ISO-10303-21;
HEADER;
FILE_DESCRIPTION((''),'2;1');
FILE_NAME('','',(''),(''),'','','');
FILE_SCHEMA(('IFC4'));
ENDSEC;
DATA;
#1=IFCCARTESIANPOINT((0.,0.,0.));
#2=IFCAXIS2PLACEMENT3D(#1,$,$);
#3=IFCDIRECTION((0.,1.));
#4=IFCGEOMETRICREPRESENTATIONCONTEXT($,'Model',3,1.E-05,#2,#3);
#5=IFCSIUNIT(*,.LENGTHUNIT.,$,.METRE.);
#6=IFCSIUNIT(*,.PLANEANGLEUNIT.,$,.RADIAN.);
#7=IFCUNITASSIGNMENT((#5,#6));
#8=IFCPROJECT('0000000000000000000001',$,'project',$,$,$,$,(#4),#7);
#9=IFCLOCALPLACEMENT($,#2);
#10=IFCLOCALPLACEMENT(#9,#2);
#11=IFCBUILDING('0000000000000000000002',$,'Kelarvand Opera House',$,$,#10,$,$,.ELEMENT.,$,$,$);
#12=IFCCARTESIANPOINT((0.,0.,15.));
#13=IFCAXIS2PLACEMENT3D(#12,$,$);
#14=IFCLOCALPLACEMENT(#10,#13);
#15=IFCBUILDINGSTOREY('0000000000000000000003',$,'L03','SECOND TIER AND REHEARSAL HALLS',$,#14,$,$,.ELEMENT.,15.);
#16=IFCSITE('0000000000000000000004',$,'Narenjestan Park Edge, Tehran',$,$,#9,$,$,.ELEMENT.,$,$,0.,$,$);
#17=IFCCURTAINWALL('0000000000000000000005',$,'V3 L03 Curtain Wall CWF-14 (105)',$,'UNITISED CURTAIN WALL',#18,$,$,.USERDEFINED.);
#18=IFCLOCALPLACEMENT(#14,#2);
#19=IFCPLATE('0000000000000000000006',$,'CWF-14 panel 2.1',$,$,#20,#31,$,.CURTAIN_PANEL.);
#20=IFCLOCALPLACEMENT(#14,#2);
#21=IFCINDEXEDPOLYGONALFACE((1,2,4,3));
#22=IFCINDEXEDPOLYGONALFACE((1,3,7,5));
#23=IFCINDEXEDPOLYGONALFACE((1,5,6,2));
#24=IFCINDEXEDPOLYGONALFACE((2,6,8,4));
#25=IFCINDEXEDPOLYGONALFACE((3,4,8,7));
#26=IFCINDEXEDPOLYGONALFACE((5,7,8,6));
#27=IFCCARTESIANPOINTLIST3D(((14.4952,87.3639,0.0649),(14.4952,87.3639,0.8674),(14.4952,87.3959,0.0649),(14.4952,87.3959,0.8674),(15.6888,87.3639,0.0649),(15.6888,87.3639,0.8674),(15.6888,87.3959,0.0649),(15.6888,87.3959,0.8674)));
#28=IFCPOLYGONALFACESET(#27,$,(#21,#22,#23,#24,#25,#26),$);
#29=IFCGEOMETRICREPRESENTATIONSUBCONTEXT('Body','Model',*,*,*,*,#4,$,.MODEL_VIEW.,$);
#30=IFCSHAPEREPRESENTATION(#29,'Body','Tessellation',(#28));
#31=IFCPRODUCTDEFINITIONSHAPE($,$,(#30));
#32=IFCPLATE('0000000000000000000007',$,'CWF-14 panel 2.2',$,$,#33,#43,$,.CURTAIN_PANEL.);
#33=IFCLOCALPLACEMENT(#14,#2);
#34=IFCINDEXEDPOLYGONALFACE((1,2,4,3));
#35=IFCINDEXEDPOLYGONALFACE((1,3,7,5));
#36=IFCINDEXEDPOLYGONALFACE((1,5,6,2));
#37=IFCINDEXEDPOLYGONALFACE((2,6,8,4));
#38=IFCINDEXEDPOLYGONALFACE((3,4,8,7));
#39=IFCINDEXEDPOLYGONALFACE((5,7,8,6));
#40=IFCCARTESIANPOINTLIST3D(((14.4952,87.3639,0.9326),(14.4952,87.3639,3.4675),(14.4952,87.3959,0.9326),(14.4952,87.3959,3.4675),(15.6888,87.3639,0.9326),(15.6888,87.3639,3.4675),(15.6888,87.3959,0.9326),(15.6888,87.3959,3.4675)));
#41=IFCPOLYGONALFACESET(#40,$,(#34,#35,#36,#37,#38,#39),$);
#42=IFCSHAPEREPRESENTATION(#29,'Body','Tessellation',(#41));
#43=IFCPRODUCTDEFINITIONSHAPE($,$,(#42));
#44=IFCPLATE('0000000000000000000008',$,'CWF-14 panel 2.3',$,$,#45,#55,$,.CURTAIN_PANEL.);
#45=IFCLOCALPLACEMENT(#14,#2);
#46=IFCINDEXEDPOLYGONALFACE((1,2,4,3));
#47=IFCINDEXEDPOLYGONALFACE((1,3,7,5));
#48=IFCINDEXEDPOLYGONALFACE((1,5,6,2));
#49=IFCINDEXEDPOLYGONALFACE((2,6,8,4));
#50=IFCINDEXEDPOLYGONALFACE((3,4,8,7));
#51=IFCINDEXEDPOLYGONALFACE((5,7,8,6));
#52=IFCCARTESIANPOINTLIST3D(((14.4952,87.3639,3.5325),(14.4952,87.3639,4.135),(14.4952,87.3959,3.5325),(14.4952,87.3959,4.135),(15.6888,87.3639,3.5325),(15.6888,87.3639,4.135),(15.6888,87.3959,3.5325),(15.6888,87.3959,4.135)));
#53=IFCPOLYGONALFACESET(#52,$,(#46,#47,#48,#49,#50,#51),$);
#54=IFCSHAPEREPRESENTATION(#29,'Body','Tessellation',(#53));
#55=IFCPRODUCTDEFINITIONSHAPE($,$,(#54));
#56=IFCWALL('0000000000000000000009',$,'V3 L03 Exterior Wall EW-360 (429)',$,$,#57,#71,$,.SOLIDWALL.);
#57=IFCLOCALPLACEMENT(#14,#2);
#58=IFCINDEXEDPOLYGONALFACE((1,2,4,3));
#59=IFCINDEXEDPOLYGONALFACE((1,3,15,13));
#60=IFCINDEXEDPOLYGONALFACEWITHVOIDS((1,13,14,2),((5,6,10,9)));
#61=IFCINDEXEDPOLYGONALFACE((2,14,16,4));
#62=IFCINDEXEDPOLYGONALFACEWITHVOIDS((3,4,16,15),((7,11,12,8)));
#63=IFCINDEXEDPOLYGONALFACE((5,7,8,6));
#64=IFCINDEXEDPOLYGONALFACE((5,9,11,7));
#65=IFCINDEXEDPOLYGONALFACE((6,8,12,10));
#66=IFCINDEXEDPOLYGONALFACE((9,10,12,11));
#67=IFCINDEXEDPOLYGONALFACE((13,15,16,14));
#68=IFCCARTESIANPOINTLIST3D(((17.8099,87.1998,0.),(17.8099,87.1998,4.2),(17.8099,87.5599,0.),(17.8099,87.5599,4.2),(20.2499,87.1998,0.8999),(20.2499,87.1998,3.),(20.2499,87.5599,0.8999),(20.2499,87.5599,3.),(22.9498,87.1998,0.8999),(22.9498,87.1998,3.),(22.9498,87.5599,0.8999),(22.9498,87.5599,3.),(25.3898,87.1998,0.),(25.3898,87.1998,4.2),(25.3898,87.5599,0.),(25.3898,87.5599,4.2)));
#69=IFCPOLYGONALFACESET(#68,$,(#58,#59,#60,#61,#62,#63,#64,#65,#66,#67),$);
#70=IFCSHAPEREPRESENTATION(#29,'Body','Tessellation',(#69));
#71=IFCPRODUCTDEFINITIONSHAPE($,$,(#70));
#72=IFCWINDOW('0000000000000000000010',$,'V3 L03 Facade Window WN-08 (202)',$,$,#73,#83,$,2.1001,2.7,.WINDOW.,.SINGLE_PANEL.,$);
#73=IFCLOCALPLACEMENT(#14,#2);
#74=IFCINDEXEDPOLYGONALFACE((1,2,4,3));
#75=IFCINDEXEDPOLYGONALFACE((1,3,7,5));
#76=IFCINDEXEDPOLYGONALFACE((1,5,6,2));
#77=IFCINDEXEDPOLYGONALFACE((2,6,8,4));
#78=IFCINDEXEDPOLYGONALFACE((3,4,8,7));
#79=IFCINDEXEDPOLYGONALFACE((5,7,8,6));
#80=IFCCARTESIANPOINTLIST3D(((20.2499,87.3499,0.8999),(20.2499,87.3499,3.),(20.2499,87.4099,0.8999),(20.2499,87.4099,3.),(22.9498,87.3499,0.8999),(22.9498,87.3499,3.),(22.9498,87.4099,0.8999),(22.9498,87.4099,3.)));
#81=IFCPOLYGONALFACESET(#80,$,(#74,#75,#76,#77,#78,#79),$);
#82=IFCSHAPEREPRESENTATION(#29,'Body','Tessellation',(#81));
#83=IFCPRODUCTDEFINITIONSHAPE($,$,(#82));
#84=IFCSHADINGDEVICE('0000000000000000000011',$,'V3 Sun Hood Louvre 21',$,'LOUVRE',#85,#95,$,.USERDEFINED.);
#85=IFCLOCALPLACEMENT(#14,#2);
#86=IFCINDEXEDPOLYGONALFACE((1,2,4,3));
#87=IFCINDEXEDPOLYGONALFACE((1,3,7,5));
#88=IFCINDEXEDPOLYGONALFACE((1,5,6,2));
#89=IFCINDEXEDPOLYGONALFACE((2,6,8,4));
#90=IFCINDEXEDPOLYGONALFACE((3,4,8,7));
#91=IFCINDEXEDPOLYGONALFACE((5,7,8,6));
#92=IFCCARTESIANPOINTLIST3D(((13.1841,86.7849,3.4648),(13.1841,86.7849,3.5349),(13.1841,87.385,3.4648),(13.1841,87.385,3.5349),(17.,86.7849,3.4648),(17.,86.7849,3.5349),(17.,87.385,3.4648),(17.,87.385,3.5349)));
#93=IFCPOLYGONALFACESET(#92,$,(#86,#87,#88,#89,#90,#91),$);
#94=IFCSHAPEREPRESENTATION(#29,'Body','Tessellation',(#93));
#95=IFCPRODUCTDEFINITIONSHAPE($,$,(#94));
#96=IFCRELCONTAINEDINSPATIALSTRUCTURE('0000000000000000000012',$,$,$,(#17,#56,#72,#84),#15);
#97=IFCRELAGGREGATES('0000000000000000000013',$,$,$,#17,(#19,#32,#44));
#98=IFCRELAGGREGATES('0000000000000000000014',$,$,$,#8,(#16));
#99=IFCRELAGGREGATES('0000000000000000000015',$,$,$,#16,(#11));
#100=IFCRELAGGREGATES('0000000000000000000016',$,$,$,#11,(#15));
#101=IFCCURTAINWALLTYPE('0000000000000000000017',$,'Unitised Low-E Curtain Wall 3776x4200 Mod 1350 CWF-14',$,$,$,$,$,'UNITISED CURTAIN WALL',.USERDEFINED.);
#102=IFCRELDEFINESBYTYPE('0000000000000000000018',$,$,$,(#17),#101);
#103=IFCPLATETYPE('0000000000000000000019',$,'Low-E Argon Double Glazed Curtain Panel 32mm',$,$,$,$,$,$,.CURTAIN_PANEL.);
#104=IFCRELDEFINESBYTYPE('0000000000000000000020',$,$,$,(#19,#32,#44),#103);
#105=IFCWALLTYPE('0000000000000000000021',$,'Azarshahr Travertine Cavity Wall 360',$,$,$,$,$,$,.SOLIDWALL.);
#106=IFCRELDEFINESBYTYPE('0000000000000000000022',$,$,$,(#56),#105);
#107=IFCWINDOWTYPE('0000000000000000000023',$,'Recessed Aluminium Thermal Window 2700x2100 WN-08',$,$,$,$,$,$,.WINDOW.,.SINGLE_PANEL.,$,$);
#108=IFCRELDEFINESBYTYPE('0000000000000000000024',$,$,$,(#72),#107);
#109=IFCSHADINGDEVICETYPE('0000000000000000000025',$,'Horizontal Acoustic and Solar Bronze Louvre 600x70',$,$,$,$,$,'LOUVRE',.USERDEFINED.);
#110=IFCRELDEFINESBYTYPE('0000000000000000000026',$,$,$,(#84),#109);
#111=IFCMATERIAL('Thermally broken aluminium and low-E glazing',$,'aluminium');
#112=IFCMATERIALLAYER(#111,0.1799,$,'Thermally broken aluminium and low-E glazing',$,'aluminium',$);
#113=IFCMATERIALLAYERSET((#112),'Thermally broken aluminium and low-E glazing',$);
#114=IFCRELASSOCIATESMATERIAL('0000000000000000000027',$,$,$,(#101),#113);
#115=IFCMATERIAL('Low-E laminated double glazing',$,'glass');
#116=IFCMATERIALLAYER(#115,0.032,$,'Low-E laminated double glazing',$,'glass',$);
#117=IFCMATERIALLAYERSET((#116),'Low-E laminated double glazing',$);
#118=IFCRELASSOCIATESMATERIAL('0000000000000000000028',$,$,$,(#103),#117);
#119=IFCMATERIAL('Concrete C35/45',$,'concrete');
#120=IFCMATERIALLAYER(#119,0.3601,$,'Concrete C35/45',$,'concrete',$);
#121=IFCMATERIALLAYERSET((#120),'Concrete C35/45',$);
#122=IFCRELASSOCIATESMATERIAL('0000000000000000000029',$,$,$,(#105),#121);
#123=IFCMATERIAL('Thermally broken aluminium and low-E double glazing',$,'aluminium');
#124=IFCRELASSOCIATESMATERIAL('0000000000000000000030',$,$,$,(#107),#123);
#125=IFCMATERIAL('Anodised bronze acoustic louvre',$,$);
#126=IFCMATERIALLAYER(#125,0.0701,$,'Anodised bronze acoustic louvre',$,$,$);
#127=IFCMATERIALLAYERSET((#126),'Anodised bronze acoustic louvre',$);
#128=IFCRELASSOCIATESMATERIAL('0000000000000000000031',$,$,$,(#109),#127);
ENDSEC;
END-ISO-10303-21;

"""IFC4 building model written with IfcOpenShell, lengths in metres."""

from ifc_helpers import new_model, si_unit, direction, frame, frame_2d, origin, origin_2d, place, context, subcontext, project, spatial, rectangle, extrude, material, layer, layer_set, type_object, element, fill, aggregate, save


model = new_model("IFC4")

# Units and contexts
model_context = context("Model", 3, precision=1e-05, world=origin(), true_north=direction((0.0, 1.0)))
body_context = subcontext(model_context, "Body", "Model", "MODEL_VIEW")
ifc_project = project(units=[si_unit("LENGTHUNIT", "METRE"), si_unit("PLANEANGLEUNIT", "RADIAN")], contexts=[model_context])

# Site, building, storey
site_placement = place(None, origin())
site = spatial("IfcSite", under=ifc_project, at=site_placement, Name="Narenjestan Park Edge, Tehran", CompositionType="ELEMENT", RefElevation=0.0)
building_placement = place(site_placement, origin())
building = spatial("IfcBuilding", under=site, at=building_placement, Name="Kelarvand Opera House", CompositionType="ELEMENT")
storey_placement = place(building_placement, frame((0.0, 0.0, 15.0)))
storey = spatial("IfcBuildingStorey", under=building, at=storey_placement, Name="L03", Description="SECOND TIER AND REHEARSAL HALLS", CompositionType="ELEMENT", Elevation=15.0)

# Shared definitions
ifc_material_1 = material(Name="Thermally broken aluminium and low-E glazing", Category="aluminium")
ifc_layer_1 = layer(ifc_material_1, 0.1799, Name="Thermally broken aluminium and low-E glazing", Category="aluminium")
ifc_layer_set_1 = layer_set([ifc_layer_1], Name="Thermally broken aluminium and low-E glazing")
curtain_wall_type = type_object("IfcCurtainWallType", Name="Unitised Low-E Curtain Wall 3776x4200 Mod 1350 CWF-14", ElementType="UNITISED CURTAIN WALL", PredefinedType="USERDEFINED", material=ifc_layer_set_1)

# Curtain wall
curtain_wall_1_placement = place(storey_placement, origin())
curtain_wall_1 = element("IfcCurtainWall", 1, at=curtain_wall_1_placement, inside=storey, type_object=curtain_wall_type, Name="V3 L03 Curtain Wall CWF-14 (105)", ObjectType="UNITISED CURTAIN WALL", PredefinedType="USERDEFINED")

# Plates
ifc_material_2 = material(Name="Low-E laminated double glazing", Category="glass")
ifc_layer_2 = layer(ifc_material_2, 0.032, Name="Low-E laminated double glazing", Category="glass")
ifc_layer_set_2 = layer_set([ifc_layer_2], Name="Low-E laminated double glazing")
plate_type = type_object("IfcPlateType", Name="Low-E Argon Double Glazed Curtain Panel 32mm", PredefinedType="CURTAIN_PANEL", material=ifc_layer_set_2)
plate_1_placement = place(storey_placement, frame((15.092, 87.3799, 0.0649), z_axis=(0.0, 0.0, 1.0), x_axis=(-1.0, 0.0, 0.0)))
plate_1 = element("IfcPlate", 2, at=plate_1_placement, type_object=plate_type, Name="CWF-14 panel 2.1", PredefinedType="CURTAIN_PANEL", context=body_context, shape_type="SweptSolid", body=[
    extrude(rectangle(XDim=1.1936, YDim=0.032, at=origin_2d()), origin(), (0.0, 0.0, 1.0), 0.8025),
])
plate_2_placement = place(storey_placement, frame((15.092, 87.3799, 0.9326), z_axis=(0.0, 0.0, 1.0), x_axis=(-1.0, 0.0, 0.0)))
plate_2 = element("IfcPlate", 3, at=plate_2_placement, type_object=plate_type, Name="CWF-14 panel 2.2", PredefinedType="CURTAIN_PANEL", context=body_context, shape_type="SweptSolid", body=[
    extrude(rectangle(XDim=1.1936, YDim=0.032, at=origin_2d()), origin(), (0.0, 0.0, 1.0), 2.5349),
])
plate_3_placement = place(storey_placement, frame((15.092, 87.3799, 3.5325), z_axis=(0.0, 0.0, 1.0), x_axis=(-1.0, 0.0, 0.0)))
plate_3 = element("IfcPlate", 4, at=plate_3_placement, type_object=plate_type, Name="CWF-14 panel 2.3", PredefinedType="CURTAIN_PANEL", context=body_context, shape_type="SweptSolid", body=[
    extrude(rectangle(XDim=1.1936, YDim=0.032, at=origin_2d()), origin(), (0.0, 0.0, 1.0), 0.6025),
])
aggregate(curtain_wall_1, [plate_1, plate_2, plate_3])

# Wall, opening, window
ifc_material_3 = material(Name="Concrete C35/45", Category="concrete")
ifc_layer_3 = layer(ifc_material_3, 0.3601, Name="Concrete C35/45", Category="concrete")
ifc_layer_set_3 = layer_set([ifc_layer_3], Name="Concrete C35/45")
wall_type = type_object("IfcWallType", Name="Azarshahr Travertine Cavity Wall 360", PredefinedType="SOLIDWALL", material=ifc_layer_set_3)
wall_placement = place(storey_placement, frame((25.3899, 87.3799, 0.0), z_axis=(0.0, 0.0, 1.0), x_axis=(-1.0, 0.0, 0.0)))
wall = element("IfcWall", 5, at=wall_placement, inside=storey, type_object=wall_type, Name="V3 L03 Exterior Wall EW-360 (429)", PredefinedType="SOLIDWALL", context=body_context, shape_type="SweptSolid", body=[
    extrude(rectangle(XDim=7.5798, YDim=0.3601, at=frame_2d((3.79, 0.0))), origin(), (0.0, 0.0, 1.0), 4.2),
])
opening_placement = place(wall_placement, frame((2.4399, 0.0, 0.8999)))
opening = element("IfcOpeningElement", 6, at=opening_placement, cuts=wall, PredefinedType="OPENING", context=body_context, shape_type="SweptSolid", body=[
    extrude(rectangle(XDim=2.7, YDim=2.1001, at=frame_2d((1.3501, 1.05))), frame((0.0, 0.1899, 0.0), z_axis=(0.0, -1.0, 0.0), x_axis=(1.0, 0.0, 0.0)), (0.0, 0.0, 1.0), 0.3801),
])
ifc_material_4 = material(Name="Thermally broken aluminium and low-E double glazing", Category="aluminium")
window_type = type_object("IfcWindowType", Name="Recessed Aluminium Thermal Window 2700x2100 WN-08", PartitioningType="SINGLE_PANEL", PredefinedType="WINDOW", material=ifc_material_4)
window_placement = place(opening_placement, origin())
window = element("IfcWindow", 7, at=window_placement, inside=storey, type_object=window_type, Name="V3 L03 Facade Window WN-08 (202)", OverallHeight=2.1001, OverallWidth=2.7, PartitioningType="SINGLE_PANEL", PredefinedType="WINDOW", context=body_context, shape_type="SweptSolid", body=[
    extrude(rectangle(XDim=2.7, YDim=2.1001, at=frame_2d((1.3501, 1.05))), frame((0.0, 0.03, 0.0), z_axis=(0.0, -1.0, 0.0), x_axis=(1.0, 0.0, 0.0)), (0.0, 0.0, 1.0), 0.0601),
])
fill(opening, window)

# Shading device
ifc_material_5 = material(Name="Anodised bronze acoustic louvre")
ifc_layer_4 = layer(ifc_material_5, 0.0701, Name="Anodised bronze acoustic louvre")
ifc_layer_set_4 = layer_set([ifc_layer_4], Name="Anodised bronze acoustic louvre")
shading_device_type = type_object("IfcShadingDeviceType", Name="Horizontal Acoustic and Solar Bronze Louvre 600x70", ElementType="LOUVRE", PredefinedType="USERDEFINED", material=ifc_layer_set_4)
shading_device_placement = place(storey_placement, frame((15.092, 87.085, 3.4648), z_axis=(0.0, 0.0, 1.0), x_axis=(-1.0, 0.0, 0.0)))
element("IfcShadingDevice", 8, at=shading_device_placement, inside=storey, type_object=shading_device_type, Name="V3 Sun Hood Louvre 21", ObjectType="LOUVRE", PredefinedType="USERDEFINED", context=body_context, shape_type="SweptSolid", body=[
    extrude(rectangle(XDim=3.8159, YDim=0.6001, at=origin_2d()), origin(), (0.0, 0.0, 1.0), 0.0701),
])

save(model, "model.ifc")
